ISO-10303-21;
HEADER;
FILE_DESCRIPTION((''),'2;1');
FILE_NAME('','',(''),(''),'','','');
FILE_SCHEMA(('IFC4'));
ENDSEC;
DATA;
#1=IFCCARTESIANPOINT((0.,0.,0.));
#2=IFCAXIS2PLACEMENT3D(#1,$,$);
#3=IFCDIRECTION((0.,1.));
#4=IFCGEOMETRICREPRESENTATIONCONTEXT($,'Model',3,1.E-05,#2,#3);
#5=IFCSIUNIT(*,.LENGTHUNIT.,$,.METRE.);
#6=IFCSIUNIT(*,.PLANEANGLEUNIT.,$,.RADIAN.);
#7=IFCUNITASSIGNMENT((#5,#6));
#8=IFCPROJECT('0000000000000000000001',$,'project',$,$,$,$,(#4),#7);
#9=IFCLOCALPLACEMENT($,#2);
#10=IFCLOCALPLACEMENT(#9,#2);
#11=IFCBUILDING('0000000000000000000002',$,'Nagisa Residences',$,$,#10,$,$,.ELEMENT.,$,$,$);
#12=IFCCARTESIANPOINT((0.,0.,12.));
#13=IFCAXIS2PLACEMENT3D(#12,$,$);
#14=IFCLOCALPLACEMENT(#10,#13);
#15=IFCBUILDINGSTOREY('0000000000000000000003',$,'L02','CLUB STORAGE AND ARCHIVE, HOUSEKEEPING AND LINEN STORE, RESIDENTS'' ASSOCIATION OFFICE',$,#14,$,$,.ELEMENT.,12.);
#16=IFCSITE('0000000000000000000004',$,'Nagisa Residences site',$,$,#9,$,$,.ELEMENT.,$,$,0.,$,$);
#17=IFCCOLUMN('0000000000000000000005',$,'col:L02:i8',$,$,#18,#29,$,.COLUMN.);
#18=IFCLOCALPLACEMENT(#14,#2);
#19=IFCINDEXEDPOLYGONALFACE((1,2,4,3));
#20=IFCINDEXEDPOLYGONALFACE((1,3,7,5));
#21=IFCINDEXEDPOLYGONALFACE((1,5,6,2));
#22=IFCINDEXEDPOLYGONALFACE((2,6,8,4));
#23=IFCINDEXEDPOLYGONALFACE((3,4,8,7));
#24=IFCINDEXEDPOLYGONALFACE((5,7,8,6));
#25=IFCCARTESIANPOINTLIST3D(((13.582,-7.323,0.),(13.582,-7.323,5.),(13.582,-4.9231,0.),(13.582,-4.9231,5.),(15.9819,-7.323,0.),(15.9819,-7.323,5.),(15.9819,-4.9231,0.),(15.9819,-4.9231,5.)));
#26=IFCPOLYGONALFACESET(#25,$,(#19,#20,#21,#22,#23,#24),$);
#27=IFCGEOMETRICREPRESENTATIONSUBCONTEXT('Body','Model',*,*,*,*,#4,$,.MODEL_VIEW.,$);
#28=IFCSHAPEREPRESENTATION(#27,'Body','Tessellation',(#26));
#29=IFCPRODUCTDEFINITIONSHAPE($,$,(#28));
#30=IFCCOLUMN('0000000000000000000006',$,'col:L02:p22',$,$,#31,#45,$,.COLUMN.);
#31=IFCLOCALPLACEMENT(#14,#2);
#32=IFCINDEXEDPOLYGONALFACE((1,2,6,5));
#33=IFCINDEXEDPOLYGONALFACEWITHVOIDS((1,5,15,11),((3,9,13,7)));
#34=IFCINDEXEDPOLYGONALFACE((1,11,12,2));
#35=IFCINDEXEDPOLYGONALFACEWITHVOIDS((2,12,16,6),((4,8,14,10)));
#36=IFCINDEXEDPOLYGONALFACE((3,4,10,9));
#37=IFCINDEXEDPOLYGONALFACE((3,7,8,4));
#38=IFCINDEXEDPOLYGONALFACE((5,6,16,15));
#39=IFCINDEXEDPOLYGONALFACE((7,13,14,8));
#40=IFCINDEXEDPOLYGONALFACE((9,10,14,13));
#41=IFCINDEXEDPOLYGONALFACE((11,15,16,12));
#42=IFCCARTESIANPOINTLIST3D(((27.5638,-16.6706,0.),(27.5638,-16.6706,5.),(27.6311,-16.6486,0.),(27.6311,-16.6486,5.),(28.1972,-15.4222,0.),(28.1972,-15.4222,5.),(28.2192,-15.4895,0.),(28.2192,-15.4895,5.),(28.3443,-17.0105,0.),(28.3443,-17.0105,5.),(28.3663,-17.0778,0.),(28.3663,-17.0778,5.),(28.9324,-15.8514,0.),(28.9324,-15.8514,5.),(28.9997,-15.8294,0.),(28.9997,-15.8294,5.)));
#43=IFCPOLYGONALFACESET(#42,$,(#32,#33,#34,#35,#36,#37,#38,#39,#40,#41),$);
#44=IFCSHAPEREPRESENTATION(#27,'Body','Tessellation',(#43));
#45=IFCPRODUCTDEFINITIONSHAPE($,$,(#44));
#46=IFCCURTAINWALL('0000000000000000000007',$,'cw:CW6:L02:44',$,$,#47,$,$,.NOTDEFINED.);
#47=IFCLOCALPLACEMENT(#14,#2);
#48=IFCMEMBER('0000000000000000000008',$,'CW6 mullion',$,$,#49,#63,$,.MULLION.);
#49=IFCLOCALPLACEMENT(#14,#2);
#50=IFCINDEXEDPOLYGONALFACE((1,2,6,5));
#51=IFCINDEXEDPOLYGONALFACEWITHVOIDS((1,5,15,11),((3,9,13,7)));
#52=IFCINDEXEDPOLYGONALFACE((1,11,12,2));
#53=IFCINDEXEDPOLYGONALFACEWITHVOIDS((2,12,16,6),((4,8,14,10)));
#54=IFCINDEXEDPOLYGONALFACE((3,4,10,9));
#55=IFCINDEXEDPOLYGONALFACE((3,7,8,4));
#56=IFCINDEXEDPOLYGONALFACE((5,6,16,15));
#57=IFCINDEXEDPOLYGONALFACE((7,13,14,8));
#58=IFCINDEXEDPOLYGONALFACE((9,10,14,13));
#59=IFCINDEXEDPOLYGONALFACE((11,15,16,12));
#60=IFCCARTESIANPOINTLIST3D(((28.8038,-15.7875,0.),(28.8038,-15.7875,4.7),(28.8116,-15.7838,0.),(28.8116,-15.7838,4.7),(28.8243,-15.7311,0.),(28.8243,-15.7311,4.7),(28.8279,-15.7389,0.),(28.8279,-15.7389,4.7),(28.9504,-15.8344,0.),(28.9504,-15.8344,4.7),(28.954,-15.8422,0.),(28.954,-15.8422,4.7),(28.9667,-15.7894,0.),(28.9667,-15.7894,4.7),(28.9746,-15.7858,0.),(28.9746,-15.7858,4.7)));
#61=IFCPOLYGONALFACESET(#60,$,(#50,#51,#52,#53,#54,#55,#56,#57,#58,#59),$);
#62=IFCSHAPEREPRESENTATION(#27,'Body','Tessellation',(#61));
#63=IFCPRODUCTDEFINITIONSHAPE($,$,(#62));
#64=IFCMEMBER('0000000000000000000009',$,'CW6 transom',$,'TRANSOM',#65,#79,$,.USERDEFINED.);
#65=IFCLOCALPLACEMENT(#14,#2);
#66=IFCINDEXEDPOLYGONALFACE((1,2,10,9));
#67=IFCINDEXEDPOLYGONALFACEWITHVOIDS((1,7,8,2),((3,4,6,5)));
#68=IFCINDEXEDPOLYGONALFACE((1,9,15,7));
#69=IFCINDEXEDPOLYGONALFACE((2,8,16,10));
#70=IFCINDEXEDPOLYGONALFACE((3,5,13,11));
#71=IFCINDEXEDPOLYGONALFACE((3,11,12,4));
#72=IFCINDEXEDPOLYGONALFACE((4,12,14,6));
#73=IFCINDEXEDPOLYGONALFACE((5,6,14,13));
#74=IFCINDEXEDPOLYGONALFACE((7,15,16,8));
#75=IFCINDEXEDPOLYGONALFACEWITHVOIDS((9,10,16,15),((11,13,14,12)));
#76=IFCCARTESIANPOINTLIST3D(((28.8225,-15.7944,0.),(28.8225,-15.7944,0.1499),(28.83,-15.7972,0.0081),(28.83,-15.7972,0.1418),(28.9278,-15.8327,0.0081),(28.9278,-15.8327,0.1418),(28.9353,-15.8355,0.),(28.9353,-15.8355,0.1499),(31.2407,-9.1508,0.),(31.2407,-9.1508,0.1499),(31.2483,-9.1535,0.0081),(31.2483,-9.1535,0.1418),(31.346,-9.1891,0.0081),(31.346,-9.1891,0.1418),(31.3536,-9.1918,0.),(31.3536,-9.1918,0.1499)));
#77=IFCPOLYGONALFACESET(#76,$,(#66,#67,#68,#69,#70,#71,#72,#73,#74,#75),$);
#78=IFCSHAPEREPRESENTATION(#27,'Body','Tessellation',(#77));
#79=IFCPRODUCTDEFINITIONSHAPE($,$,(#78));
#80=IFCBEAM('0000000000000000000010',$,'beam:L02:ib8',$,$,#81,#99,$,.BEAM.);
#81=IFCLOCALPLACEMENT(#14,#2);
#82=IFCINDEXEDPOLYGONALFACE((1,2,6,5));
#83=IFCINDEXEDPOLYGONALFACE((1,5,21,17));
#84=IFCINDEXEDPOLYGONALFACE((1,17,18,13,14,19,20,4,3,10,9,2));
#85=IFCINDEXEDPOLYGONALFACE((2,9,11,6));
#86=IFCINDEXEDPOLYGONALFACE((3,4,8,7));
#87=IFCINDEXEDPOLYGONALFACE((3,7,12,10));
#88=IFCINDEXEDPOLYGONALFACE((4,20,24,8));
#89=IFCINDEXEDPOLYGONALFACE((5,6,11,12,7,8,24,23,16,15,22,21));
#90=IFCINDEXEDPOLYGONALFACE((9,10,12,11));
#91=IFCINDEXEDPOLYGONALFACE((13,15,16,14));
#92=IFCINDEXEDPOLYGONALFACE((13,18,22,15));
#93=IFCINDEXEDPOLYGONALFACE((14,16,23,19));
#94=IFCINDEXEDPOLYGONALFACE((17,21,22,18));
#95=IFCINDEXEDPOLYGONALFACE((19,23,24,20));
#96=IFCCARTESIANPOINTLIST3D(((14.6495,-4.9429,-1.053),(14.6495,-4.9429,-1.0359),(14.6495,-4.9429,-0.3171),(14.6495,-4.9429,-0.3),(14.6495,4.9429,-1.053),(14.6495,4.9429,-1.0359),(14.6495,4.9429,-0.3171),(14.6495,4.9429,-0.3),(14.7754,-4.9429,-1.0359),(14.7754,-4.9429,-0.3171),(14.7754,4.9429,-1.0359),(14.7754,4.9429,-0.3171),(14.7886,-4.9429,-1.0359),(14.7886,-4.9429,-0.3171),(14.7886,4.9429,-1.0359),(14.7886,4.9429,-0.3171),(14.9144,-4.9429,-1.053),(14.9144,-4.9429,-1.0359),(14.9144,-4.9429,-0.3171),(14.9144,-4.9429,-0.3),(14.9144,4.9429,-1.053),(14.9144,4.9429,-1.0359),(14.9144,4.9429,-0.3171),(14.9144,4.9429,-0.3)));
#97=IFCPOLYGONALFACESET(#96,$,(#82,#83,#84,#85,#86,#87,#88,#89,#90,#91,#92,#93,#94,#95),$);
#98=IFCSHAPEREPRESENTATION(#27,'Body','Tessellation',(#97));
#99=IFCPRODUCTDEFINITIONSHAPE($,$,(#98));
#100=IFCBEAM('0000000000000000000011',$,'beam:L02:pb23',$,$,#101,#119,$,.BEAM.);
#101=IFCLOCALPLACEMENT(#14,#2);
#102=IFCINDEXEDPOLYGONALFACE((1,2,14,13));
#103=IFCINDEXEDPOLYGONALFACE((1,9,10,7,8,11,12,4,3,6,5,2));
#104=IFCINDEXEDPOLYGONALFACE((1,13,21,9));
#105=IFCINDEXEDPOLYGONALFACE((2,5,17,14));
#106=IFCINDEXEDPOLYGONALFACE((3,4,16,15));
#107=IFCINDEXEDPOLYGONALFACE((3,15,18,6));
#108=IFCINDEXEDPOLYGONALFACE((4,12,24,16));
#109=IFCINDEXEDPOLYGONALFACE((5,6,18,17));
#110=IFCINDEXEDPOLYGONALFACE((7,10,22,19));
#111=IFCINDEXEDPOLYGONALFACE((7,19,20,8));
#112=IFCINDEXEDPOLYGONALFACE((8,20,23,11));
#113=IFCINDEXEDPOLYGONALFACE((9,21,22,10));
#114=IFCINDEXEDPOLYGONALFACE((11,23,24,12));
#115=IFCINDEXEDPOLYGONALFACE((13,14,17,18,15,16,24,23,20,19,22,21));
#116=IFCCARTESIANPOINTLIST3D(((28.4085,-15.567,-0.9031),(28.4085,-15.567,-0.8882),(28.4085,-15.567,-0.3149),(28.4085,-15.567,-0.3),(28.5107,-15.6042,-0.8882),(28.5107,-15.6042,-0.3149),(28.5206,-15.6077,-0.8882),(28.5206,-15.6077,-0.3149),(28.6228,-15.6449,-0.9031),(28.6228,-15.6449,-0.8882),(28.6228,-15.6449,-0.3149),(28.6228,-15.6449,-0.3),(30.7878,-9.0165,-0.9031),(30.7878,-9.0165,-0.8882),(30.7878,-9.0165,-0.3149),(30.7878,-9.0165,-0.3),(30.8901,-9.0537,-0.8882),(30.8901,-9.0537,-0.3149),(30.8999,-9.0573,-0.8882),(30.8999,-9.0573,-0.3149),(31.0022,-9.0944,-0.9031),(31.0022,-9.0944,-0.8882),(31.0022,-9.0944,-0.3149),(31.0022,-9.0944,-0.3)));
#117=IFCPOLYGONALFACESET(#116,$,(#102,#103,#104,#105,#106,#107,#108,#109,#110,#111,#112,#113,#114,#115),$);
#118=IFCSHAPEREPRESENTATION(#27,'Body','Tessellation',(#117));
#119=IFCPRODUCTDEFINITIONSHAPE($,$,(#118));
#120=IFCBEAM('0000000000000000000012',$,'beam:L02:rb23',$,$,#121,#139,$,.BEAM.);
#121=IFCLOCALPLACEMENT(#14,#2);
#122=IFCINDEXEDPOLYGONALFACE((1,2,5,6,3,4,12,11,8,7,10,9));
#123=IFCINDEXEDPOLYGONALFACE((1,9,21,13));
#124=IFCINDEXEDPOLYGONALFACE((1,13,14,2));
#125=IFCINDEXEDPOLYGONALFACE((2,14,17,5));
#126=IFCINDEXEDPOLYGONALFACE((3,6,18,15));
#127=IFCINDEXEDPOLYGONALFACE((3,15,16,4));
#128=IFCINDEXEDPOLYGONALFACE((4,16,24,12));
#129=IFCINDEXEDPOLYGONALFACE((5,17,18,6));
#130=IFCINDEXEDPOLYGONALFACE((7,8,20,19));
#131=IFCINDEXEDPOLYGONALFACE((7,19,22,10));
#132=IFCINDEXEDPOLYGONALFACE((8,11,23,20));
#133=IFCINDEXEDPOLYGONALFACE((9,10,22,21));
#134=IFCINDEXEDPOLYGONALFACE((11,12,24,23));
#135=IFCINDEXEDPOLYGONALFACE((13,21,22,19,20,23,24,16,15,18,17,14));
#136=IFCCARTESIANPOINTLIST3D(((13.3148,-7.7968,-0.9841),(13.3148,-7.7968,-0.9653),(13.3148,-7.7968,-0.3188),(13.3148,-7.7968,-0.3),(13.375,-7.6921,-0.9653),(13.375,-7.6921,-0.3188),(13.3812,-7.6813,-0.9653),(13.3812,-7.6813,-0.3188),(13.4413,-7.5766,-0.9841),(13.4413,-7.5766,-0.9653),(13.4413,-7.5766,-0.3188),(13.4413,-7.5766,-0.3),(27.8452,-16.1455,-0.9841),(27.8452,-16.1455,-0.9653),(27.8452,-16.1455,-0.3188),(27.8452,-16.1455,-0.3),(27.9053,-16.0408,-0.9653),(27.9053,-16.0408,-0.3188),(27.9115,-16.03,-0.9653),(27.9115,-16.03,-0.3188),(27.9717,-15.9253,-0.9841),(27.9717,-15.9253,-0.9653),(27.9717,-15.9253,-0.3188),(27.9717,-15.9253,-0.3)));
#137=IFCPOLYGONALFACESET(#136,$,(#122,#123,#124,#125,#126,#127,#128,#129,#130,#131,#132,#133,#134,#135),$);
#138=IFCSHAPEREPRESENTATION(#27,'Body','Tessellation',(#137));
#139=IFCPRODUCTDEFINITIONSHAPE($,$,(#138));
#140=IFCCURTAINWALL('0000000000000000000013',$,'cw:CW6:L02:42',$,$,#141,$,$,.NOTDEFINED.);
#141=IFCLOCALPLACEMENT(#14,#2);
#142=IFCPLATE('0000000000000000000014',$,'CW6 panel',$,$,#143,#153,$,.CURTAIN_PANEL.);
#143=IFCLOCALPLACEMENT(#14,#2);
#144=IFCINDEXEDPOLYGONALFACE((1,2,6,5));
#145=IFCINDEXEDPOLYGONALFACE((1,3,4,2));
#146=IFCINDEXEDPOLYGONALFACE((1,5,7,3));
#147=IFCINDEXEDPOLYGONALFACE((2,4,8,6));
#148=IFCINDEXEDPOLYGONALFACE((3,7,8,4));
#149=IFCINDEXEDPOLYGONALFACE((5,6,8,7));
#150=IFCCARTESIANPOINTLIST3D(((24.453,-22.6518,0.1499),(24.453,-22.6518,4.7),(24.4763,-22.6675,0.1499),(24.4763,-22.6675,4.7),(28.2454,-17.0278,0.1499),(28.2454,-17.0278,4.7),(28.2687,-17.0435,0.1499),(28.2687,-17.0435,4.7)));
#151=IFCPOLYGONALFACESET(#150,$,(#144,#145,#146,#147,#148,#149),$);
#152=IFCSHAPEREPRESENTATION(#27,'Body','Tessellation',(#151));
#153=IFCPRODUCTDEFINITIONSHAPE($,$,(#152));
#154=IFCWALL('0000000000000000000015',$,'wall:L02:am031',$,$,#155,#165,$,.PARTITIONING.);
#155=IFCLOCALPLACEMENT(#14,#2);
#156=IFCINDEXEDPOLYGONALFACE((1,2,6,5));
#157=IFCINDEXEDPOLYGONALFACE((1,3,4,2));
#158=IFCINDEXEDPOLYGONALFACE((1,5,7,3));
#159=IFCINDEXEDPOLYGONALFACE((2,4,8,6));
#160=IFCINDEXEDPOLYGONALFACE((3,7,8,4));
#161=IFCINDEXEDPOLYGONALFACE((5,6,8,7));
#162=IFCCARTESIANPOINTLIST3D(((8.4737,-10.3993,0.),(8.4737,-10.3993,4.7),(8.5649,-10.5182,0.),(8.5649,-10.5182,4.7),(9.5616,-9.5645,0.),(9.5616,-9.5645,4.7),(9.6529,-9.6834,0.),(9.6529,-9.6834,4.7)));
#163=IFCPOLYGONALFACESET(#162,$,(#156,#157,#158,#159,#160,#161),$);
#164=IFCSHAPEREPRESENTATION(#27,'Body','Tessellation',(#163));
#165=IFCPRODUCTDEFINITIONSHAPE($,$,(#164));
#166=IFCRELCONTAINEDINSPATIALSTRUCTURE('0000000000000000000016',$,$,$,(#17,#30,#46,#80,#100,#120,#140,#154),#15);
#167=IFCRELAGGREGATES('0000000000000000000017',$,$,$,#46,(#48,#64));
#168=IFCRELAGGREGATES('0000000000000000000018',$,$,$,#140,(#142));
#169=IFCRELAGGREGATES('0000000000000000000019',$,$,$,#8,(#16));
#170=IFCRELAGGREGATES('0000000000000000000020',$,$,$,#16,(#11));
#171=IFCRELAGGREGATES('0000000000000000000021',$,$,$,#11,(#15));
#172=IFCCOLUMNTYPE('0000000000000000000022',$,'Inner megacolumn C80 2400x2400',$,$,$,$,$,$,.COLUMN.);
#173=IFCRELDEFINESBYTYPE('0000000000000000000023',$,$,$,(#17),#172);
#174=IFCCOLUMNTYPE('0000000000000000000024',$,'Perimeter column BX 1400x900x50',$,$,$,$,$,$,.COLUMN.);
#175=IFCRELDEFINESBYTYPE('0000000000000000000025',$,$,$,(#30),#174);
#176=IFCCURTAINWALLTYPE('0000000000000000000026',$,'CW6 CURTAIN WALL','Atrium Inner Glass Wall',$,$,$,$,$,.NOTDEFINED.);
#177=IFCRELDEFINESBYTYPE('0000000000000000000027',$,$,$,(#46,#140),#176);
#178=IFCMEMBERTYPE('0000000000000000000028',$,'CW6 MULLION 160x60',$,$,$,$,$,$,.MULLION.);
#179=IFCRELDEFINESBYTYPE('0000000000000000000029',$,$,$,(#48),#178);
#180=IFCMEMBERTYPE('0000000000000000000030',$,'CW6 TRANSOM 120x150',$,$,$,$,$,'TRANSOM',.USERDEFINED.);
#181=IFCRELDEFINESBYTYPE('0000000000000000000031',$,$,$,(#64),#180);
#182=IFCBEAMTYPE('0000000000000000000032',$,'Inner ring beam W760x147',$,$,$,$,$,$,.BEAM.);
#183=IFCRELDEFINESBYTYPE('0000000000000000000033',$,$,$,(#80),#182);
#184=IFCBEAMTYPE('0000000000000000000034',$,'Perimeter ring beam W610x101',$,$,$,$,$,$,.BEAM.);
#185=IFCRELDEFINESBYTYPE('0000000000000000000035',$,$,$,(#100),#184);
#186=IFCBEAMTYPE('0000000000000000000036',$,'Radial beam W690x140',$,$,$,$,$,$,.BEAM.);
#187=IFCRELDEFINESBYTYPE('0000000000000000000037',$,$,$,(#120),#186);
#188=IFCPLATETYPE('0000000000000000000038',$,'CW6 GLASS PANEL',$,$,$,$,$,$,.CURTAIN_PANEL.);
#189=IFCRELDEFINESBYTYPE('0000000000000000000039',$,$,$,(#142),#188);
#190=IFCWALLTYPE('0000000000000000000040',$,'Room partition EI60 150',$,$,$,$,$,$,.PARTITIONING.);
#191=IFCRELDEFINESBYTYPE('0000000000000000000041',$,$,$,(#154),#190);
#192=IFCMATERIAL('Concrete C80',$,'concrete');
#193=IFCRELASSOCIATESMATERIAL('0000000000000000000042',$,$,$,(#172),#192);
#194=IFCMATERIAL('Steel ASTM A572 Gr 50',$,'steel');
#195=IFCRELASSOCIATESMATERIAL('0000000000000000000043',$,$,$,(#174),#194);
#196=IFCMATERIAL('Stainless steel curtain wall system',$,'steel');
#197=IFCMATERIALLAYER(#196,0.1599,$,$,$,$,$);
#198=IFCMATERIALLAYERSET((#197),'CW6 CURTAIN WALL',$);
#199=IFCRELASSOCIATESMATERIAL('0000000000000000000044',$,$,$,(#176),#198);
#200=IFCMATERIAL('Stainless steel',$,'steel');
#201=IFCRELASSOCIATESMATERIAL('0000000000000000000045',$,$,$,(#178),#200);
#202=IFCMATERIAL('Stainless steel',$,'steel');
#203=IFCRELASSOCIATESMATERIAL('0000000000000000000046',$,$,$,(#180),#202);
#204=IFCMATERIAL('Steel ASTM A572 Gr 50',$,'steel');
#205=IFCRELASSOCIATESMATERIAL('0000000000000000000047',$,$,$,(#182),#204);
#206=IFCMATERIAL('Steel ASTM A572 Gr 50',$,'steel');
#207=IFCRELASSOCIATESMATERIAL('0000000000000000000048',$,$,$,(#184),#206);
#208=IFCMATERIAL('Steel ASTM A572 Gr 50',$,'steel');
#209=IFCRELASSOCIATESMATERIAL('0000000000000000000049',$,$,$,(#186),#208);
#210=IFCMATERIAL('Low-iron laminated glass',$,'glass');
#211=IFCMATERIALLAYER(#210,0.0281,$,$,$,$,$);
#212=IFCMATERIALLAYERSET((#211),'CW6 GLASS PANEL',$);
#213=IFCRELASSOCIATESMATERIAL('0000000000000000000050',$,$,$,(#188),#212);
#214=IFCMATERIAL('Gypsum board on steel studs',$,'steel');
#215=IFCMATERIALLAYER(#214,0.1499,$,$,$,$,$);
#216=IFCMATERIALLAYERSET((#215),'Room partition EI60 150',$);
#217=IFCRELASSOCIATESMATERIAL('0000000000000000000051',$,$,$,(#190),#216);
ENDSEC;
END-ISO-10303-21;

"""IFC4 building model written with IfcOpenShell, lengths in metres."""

from ifc_helpers import new_model, si_unit, direction, frame, frame_2d, origin, origin_2d, place, context, subcontext, project, spatial, rectangle, hollow_rectangle, i_section, extrude, material, layer, layer_set, material_profile, profile_set, type_object, element, aggregate, save


model = new_model("IFC4")

# Units and contexts
model_context = context("Model", 3, precision=1e-05, world=origin(), true_north=direction((0.0, 1.0)))
body_context = subcontext(model_context, "Body", "Model", "MODEL_VIEW")
ifc_project = project(units=[si_unit("LENGTHUNIT", "METRE"), si_unit("PLANEANGLEUNIT", "RADIAN")], contexts=[model_context])

# Site, building, storey
site_placement = place(None, origin())
site = spatial("IfcSite", under=ifc_project, at=site_placement, Name="Nagisa Residences site", CompositionType="ELEMENT", RefElevation=0.0)
building_placement = place(site_placement, origin())
building = spatial("IfcBuilding", under=site, at=building_placement, Name="Nagisa Residences", CompositionType="ELEMENT")
storey_placement = place(building_placement, frame((0.0, 0.0, 12.0)))
storey = spatial("IfcBuildingStorey", under=building, at=storey_placement, Name="L02", Description="CLUB STORAGE AND ARCHIVE, HOUSEKEEPING AND LINEN STORE, RESIDENTS' ASSOCIATION OFFICE", CompositionType="ELEMENT", Elevation=12.0)

# Columns
ifc_material_1 = material(Name="Concrete C80", Category="concrete")
ifc_material_profile_1 = material_profile(ifc_material_1, rectangle(XDim=2.3999, YDim=2.3999, at=origin_2d()), Name="C80 2400x2400")
ifc_profile_set_1 = profile_set([ifc_material_profile_1], Name="Concrete C80")
column_type_1 = type_object("IfcColumnType", Name="Inner megacolumn C80 2400x2400", PredefinedType="COLUMN", material=ifc_profile_set_1)
column_1_placement = place(storey_placement, frame((14.782, -6.123, 0.0), z_axis=(0.0, 0.0, 1.0), x_axis=(1.0, 0.0, 0.0)))
element("IfcColumn", 1, at=column_1_placement, inside=storey, type_object=column_type_1, Name="col:L02:i8", PredefinedType="COLUMN", context=body_context, shape_type="SweptSolid", body=[
    extrude(rectangle(XDim=2.3999, YDim=2.3999, at=origin_2d()), origin(), (0.0, 0.0, 1.0), 5.0),
])
ifc_material_2 = material(Name="Steel ASTM A572 Gr 50", Category="steel")
ifc_material_profile_2 = material_profile(ifc_material_2, hollow_rectangle(XDim=1.3999, YDim=0.8999, WallThickness=0.05, at=origin_2d()), Name="BX 1400x900x50")
ifc_profile_set_2 = profile_set([ifc_material_profile_2], Name="Steel ASTM A572 Gr 50")
column_type_2 = type_object("IfcColumnType", Name="Perimeter column BX 1400x900x50", PredefinedType="COLUMN", material=ifc_profile_set_2)
column_2_placement = place(storey_placement, frame((28.2817, -16.25, 0.0), z_axis=(0.0, 0.0, 1.0), x_axis=(0.452463, 0.891783, 0.0)))
element("IfcColumn", 2, at=column_2_placement, inside=storey, type_object=column_type_2, Name="col:L02:p22", PredefinedType="COLUMN", context=body_context, shape_type="SweptSolid", body=[
    extrude(hollow_rectangle(XDim=1.3999, YDim=0.8999, WallThickness=0.05, at=origin_2d()), origin(), (0.0, 0.0, 1.0), 5.0),
])

# Curtain wall, members
ifc_material_3 = material(Name="Stainless steel curtain wall system", Category="steel")
ifc_layer_1 = layer(ifc_material_3, 0.1599)
ifc_layer_set_1 = layer_set([ifc_layer_1], Name="CW6 CURTAIN WALL")
curtain_wall_type = type_object("IfcCurtainWallType", Name="CW6 CURTAIN WALL", Description="Atrium Inner Glass Wall", PredefinedType="NOTDEFINED", material=ifc_layer_set_1)
curtain_wall_1_placement = place(storey_placement, origin())
curtain_wall_1 = element("IfcCurtainWall", 3, at=curtain_wall_1_placement, inside=storey, type_object=curtain_wall_type, Name="cw:CW6:L02:44", PredefinedType="NOTDEFINED")
ifc_material_4 = material(Name="Stainless steel", Category="steel")
ifc_material_profile_3 = material_profile(ifc_material_4, hollow_rectangle(XDim=0.1599, YDim=0.0601, WallThickness=0.0061, at=origin_2d()), Name="CW6 MULLION 160x60")
ifc_profile_set_3 = profile_set([ifc_material_profile_3], Name="Stainless steel")
member_type_1 = type_object("IfcMemberType", Name="CW6 MULLION 160x60", PredefinedType="MULLION", material=ifc_profile_set_3)
member_1_placement = place(storey_placement, frame((28.8892, -15.7866, 0.0), z_axis=(0.0, 0.0, 1.0), x_axis=(-0.939682, 0.34205, 0.0)))
member_1 = element("IfcMember", 4, at=member_1_placement, type_object=member_type_1, Name="CW6 mullion", PredefinedType="MULLION", context=body_context, shape_type="SweptSolid", body=[
    extrude(hollow_rectangle(XDim=0.1599, YDim=0.0601, WallThickness=0.0061, at=origin_2d()), origin(), (0.0, 0.0, 1.0), 4.7),
])
ifc_material_5 = material(Name="Stainless steel", Category="steel")
ifc_material_profile_4 = material_profile(ifc_material_5, hollow_rectangle(XDim=0.1201, YDim=0.1499, WallThickness=0.0081, at=origin_2d()), Name="CW6 TRANSOM 120x150")
ifc_profile_set_4 = profile_set([ifc_material_profile_4], Name="Stainless steel")
member_type_2 = type_object("IfcMemberType", Name="CW6 TRANSOM 120x150", ElementType="TRANSOM", PredefinedType="USERDEFINED", material=ifc_profile_set_4)
member_2_placement = place(storey_placement, frame((28.8789, -15.8149, 0.075), z_axis=(0.34204, 0.939685, 0.0), x_axis=(-0.939685, 0.34204, 0.0)))
member_2 = element("IfcMember", 5, at=member_2_placement, type_object=member_type_2, Name="CW6 transom", ObjectType="TRANSOM", PredefinedType="USERDEFINED", context=body_context, shape_type="SweptSolid", body=[
    extrude(hollow_rectangle(XDim=0.1201, YDim=0.1499, WallThickness=0.0081, at=origin_2d()), origin(), (0.0, 0.0, 1.0), 7.0701),
])
aggregate(curtain_wall_1, [member_1, member_2])

# Beams
ifc_material_6 = material(Name="Steel ASTM A572 Gr 50", Category="steel")
ifc_material_profile_5 = material_profile(ifc_material_6, i_section(OverallWidth=0.2649, OverallDepth=0.7529, WebThickness=0.0132, FlangeThickness=0.0171, at=origin_2d()), Name="W760x147")
ifc_profile_set_5 = profile_set([ifc_material_profile_5], Name="Steel ASTM A572 Gr 50")
beam_type_1 = type_object("IfcBeamType", Name="Inner ring beam W760x147", PredefinedType="BEAM", material=ifc_profile_set_5)
beam_1_placement = place(storey_placement, frame((14.782, -4.9429, -0.6765), z_axis=(0.0, 1.0, 0.0), x_axis=(-1.0, 0.0, 0.0)))
element("IfcBeam", 6, at=beam_1_placement, inside=storey, type_object=beam_type_1, Name="beam:L02:ib8", PredefinedType="BEAM", context=body_context, shape_type="SweptSolid", body=[
    extrude(i_section(OverallWidth=0.2649, OverallDepth=0.7529, WebThickness=0.0132, FlangeThickness=0.0171, at=origin_2d()), origin(), (0.0, 0.0, 1.0), 9.8857),
])
ifc_material_7 = material(Name="Steel ASTM A572 Gr 50", Category="steel")
ifc_material_profile_6 = material_profile(ifc_material_7, i_section(OverallWidth=0.228, OverallDepth=0.603, WebThickness=0.0105, FlangeThickness=0.0149, at=origin_2d()), Name="W610x101")
ifc_profile_set_6 = profile_set([ifc_material_profile_6], Name="Steel ASTM A572 Gr 50")
beam_type_2 = type_object("IfcBeamType", Name="Perimeter ring beam W610x101", PredefinedType="BEAM", material=ifc_profile_set_6)
beam_2_placement = place(storey_placement, frame((28.5156, -15.606, -0.6016), z_axis=(0.341411, 0.939914, 0.0), x_axis=(-0.939914, 0.341411, 0.0)))
element("IfcBeam", 7, at=beam_2_placement, inside=storey, type_object=beam_type_2, Name="beam:L02:pb23", PredefinedType="BEAM", context=body_context, shape_type="SweptSolid", body=[
    extrude(i_section(OverallWidth=0.228, OverallDepth=0.603, WebThickness=0.0105, FlangeThickness=0.0149, at=origin_2d()), origin(), (0.0, 0.0, 1.0), 6.9692),
])
ifc_material_8 = material(Name="Steel ASTM A572 Gr 50", Category="steel")
ifc_material_profile_7 = material_profile(ifc_material_8, i_section(OverallWidth=0.2539, OverallDepth=0.6841, WebThickness=0.0125, FlangeThickness=0.0188, at=origin_2d()), Name="W690x140")
ifc_profile_set_7 = profile_set([ifc_material_profile_7], Name="Steel ASTM A572 Gr 50")
beam_type_3 = type_object("IfcBeamType", Name="Radial beam W690x140", PredefinedType="BEAM", material=ifc_profile_set_7)
beam_3_placement = place(storey_placement, frame((27.9084, -16.0354, -0.6421), z_axis=(-0.867068, 0.49819, 0.0), x_axis=(-0.49819, -0.867068, 0.0)))
element("IfcBeam", 8, at=beam_3_placement, inside=storey, type_object=beam_type_3, Name="beam:L02:rb23", PredefinedType="BEAM", context=body_context, shape_type="SweptSolid", body=[
    extrude(i_section(OverallWidth=0.2539, OverallDepth=0.6841, WebThickness=0.0125, FlangeThickness=0.0188, at=origin_2d()), origin(), (0.0, 0.0, 1.0), 16.7581),
])

# Curtain wall, plate
curtain_wall_2_placement = place(storey_placement, origin())
curtain_wall_2 = element("IfcCurtainWall", 9, at=curtain_wall_2_placement, inside=storey, type_object=curtain_wall_type, Name="cw:CW6:L02:42", PredefinedType="NOTDEFINED")
ifc_material_9 = material(Name="Low-iron laminated glass", Category="glass")
ifc_layer_2 = layer(ifc_material_9, 0.0281)
ifc_layer_set_2 = layer_set([ifc_layer_2], Name="CW6 GLASS PANEL")
plate_type = type_object("IfcPlateType", Name="CW6 GLASS PANEL", PredefinedType="CURTAIN_PANEL", material=ifc_layer_set_2)
plate_placement = place(storey_placement, frame((26.3608, -19.8477, 0.1499), z_axis=(0.0, 0.0, 1.0), x_axis=(0.559084, 0.829111, 0.0)))
plate = element("IfcPlate", 10, at=plate_placement, type_object=plate_type, Name="CW6 panel", PredefinedType="CURTAIN_PANEL", context=body_context, shape_type="SweptSolid", body=[
    extrude(rectangle(XDim=6.7832, YDim=0.0281, at=origin_2d()), origin(), (0.0, 0.0, 1.0), 4.55),
])
aggregate(curtain_wall_2, [plate])

# Wall
ifc_material_10 = material(Name="Gypsum board on steel studs", Category="steel")
ifc_layer_3 = layer(ifc_material_10, 0.1499)
ifc_layer_set_3 = layer_set([ifc_layer_3], Name="Room partition EI60 150")
wall_type = type_object("IfcWallType", Name="Room partition EI60 150", PredefinedType="PARTITIONING", material=ifc_layer_set_3)
wall_1_placement = place(storey_placement, frame((9.6072, -9.624, 0.0), z_axis=(0.0, 0.0, 1.0), x_axis=(-0.793371, -0.608738, 0.0)))
element("IfcWall", 11, at=wall_1_placement, inside=storey, type_object=wall_type, Name="wall:L02:am031", PredefinedType="PARTITIONING", context=body_context, shape_type="SweptSolid", body=[
    extrude(rectangle(XDim=1.3713, YDim=0.1499, at=frame_2d((0.6855, 0.0))), origin(), (0.0, 0.0, 1.0), 4.7),
])

save(model, "model.ifc")
